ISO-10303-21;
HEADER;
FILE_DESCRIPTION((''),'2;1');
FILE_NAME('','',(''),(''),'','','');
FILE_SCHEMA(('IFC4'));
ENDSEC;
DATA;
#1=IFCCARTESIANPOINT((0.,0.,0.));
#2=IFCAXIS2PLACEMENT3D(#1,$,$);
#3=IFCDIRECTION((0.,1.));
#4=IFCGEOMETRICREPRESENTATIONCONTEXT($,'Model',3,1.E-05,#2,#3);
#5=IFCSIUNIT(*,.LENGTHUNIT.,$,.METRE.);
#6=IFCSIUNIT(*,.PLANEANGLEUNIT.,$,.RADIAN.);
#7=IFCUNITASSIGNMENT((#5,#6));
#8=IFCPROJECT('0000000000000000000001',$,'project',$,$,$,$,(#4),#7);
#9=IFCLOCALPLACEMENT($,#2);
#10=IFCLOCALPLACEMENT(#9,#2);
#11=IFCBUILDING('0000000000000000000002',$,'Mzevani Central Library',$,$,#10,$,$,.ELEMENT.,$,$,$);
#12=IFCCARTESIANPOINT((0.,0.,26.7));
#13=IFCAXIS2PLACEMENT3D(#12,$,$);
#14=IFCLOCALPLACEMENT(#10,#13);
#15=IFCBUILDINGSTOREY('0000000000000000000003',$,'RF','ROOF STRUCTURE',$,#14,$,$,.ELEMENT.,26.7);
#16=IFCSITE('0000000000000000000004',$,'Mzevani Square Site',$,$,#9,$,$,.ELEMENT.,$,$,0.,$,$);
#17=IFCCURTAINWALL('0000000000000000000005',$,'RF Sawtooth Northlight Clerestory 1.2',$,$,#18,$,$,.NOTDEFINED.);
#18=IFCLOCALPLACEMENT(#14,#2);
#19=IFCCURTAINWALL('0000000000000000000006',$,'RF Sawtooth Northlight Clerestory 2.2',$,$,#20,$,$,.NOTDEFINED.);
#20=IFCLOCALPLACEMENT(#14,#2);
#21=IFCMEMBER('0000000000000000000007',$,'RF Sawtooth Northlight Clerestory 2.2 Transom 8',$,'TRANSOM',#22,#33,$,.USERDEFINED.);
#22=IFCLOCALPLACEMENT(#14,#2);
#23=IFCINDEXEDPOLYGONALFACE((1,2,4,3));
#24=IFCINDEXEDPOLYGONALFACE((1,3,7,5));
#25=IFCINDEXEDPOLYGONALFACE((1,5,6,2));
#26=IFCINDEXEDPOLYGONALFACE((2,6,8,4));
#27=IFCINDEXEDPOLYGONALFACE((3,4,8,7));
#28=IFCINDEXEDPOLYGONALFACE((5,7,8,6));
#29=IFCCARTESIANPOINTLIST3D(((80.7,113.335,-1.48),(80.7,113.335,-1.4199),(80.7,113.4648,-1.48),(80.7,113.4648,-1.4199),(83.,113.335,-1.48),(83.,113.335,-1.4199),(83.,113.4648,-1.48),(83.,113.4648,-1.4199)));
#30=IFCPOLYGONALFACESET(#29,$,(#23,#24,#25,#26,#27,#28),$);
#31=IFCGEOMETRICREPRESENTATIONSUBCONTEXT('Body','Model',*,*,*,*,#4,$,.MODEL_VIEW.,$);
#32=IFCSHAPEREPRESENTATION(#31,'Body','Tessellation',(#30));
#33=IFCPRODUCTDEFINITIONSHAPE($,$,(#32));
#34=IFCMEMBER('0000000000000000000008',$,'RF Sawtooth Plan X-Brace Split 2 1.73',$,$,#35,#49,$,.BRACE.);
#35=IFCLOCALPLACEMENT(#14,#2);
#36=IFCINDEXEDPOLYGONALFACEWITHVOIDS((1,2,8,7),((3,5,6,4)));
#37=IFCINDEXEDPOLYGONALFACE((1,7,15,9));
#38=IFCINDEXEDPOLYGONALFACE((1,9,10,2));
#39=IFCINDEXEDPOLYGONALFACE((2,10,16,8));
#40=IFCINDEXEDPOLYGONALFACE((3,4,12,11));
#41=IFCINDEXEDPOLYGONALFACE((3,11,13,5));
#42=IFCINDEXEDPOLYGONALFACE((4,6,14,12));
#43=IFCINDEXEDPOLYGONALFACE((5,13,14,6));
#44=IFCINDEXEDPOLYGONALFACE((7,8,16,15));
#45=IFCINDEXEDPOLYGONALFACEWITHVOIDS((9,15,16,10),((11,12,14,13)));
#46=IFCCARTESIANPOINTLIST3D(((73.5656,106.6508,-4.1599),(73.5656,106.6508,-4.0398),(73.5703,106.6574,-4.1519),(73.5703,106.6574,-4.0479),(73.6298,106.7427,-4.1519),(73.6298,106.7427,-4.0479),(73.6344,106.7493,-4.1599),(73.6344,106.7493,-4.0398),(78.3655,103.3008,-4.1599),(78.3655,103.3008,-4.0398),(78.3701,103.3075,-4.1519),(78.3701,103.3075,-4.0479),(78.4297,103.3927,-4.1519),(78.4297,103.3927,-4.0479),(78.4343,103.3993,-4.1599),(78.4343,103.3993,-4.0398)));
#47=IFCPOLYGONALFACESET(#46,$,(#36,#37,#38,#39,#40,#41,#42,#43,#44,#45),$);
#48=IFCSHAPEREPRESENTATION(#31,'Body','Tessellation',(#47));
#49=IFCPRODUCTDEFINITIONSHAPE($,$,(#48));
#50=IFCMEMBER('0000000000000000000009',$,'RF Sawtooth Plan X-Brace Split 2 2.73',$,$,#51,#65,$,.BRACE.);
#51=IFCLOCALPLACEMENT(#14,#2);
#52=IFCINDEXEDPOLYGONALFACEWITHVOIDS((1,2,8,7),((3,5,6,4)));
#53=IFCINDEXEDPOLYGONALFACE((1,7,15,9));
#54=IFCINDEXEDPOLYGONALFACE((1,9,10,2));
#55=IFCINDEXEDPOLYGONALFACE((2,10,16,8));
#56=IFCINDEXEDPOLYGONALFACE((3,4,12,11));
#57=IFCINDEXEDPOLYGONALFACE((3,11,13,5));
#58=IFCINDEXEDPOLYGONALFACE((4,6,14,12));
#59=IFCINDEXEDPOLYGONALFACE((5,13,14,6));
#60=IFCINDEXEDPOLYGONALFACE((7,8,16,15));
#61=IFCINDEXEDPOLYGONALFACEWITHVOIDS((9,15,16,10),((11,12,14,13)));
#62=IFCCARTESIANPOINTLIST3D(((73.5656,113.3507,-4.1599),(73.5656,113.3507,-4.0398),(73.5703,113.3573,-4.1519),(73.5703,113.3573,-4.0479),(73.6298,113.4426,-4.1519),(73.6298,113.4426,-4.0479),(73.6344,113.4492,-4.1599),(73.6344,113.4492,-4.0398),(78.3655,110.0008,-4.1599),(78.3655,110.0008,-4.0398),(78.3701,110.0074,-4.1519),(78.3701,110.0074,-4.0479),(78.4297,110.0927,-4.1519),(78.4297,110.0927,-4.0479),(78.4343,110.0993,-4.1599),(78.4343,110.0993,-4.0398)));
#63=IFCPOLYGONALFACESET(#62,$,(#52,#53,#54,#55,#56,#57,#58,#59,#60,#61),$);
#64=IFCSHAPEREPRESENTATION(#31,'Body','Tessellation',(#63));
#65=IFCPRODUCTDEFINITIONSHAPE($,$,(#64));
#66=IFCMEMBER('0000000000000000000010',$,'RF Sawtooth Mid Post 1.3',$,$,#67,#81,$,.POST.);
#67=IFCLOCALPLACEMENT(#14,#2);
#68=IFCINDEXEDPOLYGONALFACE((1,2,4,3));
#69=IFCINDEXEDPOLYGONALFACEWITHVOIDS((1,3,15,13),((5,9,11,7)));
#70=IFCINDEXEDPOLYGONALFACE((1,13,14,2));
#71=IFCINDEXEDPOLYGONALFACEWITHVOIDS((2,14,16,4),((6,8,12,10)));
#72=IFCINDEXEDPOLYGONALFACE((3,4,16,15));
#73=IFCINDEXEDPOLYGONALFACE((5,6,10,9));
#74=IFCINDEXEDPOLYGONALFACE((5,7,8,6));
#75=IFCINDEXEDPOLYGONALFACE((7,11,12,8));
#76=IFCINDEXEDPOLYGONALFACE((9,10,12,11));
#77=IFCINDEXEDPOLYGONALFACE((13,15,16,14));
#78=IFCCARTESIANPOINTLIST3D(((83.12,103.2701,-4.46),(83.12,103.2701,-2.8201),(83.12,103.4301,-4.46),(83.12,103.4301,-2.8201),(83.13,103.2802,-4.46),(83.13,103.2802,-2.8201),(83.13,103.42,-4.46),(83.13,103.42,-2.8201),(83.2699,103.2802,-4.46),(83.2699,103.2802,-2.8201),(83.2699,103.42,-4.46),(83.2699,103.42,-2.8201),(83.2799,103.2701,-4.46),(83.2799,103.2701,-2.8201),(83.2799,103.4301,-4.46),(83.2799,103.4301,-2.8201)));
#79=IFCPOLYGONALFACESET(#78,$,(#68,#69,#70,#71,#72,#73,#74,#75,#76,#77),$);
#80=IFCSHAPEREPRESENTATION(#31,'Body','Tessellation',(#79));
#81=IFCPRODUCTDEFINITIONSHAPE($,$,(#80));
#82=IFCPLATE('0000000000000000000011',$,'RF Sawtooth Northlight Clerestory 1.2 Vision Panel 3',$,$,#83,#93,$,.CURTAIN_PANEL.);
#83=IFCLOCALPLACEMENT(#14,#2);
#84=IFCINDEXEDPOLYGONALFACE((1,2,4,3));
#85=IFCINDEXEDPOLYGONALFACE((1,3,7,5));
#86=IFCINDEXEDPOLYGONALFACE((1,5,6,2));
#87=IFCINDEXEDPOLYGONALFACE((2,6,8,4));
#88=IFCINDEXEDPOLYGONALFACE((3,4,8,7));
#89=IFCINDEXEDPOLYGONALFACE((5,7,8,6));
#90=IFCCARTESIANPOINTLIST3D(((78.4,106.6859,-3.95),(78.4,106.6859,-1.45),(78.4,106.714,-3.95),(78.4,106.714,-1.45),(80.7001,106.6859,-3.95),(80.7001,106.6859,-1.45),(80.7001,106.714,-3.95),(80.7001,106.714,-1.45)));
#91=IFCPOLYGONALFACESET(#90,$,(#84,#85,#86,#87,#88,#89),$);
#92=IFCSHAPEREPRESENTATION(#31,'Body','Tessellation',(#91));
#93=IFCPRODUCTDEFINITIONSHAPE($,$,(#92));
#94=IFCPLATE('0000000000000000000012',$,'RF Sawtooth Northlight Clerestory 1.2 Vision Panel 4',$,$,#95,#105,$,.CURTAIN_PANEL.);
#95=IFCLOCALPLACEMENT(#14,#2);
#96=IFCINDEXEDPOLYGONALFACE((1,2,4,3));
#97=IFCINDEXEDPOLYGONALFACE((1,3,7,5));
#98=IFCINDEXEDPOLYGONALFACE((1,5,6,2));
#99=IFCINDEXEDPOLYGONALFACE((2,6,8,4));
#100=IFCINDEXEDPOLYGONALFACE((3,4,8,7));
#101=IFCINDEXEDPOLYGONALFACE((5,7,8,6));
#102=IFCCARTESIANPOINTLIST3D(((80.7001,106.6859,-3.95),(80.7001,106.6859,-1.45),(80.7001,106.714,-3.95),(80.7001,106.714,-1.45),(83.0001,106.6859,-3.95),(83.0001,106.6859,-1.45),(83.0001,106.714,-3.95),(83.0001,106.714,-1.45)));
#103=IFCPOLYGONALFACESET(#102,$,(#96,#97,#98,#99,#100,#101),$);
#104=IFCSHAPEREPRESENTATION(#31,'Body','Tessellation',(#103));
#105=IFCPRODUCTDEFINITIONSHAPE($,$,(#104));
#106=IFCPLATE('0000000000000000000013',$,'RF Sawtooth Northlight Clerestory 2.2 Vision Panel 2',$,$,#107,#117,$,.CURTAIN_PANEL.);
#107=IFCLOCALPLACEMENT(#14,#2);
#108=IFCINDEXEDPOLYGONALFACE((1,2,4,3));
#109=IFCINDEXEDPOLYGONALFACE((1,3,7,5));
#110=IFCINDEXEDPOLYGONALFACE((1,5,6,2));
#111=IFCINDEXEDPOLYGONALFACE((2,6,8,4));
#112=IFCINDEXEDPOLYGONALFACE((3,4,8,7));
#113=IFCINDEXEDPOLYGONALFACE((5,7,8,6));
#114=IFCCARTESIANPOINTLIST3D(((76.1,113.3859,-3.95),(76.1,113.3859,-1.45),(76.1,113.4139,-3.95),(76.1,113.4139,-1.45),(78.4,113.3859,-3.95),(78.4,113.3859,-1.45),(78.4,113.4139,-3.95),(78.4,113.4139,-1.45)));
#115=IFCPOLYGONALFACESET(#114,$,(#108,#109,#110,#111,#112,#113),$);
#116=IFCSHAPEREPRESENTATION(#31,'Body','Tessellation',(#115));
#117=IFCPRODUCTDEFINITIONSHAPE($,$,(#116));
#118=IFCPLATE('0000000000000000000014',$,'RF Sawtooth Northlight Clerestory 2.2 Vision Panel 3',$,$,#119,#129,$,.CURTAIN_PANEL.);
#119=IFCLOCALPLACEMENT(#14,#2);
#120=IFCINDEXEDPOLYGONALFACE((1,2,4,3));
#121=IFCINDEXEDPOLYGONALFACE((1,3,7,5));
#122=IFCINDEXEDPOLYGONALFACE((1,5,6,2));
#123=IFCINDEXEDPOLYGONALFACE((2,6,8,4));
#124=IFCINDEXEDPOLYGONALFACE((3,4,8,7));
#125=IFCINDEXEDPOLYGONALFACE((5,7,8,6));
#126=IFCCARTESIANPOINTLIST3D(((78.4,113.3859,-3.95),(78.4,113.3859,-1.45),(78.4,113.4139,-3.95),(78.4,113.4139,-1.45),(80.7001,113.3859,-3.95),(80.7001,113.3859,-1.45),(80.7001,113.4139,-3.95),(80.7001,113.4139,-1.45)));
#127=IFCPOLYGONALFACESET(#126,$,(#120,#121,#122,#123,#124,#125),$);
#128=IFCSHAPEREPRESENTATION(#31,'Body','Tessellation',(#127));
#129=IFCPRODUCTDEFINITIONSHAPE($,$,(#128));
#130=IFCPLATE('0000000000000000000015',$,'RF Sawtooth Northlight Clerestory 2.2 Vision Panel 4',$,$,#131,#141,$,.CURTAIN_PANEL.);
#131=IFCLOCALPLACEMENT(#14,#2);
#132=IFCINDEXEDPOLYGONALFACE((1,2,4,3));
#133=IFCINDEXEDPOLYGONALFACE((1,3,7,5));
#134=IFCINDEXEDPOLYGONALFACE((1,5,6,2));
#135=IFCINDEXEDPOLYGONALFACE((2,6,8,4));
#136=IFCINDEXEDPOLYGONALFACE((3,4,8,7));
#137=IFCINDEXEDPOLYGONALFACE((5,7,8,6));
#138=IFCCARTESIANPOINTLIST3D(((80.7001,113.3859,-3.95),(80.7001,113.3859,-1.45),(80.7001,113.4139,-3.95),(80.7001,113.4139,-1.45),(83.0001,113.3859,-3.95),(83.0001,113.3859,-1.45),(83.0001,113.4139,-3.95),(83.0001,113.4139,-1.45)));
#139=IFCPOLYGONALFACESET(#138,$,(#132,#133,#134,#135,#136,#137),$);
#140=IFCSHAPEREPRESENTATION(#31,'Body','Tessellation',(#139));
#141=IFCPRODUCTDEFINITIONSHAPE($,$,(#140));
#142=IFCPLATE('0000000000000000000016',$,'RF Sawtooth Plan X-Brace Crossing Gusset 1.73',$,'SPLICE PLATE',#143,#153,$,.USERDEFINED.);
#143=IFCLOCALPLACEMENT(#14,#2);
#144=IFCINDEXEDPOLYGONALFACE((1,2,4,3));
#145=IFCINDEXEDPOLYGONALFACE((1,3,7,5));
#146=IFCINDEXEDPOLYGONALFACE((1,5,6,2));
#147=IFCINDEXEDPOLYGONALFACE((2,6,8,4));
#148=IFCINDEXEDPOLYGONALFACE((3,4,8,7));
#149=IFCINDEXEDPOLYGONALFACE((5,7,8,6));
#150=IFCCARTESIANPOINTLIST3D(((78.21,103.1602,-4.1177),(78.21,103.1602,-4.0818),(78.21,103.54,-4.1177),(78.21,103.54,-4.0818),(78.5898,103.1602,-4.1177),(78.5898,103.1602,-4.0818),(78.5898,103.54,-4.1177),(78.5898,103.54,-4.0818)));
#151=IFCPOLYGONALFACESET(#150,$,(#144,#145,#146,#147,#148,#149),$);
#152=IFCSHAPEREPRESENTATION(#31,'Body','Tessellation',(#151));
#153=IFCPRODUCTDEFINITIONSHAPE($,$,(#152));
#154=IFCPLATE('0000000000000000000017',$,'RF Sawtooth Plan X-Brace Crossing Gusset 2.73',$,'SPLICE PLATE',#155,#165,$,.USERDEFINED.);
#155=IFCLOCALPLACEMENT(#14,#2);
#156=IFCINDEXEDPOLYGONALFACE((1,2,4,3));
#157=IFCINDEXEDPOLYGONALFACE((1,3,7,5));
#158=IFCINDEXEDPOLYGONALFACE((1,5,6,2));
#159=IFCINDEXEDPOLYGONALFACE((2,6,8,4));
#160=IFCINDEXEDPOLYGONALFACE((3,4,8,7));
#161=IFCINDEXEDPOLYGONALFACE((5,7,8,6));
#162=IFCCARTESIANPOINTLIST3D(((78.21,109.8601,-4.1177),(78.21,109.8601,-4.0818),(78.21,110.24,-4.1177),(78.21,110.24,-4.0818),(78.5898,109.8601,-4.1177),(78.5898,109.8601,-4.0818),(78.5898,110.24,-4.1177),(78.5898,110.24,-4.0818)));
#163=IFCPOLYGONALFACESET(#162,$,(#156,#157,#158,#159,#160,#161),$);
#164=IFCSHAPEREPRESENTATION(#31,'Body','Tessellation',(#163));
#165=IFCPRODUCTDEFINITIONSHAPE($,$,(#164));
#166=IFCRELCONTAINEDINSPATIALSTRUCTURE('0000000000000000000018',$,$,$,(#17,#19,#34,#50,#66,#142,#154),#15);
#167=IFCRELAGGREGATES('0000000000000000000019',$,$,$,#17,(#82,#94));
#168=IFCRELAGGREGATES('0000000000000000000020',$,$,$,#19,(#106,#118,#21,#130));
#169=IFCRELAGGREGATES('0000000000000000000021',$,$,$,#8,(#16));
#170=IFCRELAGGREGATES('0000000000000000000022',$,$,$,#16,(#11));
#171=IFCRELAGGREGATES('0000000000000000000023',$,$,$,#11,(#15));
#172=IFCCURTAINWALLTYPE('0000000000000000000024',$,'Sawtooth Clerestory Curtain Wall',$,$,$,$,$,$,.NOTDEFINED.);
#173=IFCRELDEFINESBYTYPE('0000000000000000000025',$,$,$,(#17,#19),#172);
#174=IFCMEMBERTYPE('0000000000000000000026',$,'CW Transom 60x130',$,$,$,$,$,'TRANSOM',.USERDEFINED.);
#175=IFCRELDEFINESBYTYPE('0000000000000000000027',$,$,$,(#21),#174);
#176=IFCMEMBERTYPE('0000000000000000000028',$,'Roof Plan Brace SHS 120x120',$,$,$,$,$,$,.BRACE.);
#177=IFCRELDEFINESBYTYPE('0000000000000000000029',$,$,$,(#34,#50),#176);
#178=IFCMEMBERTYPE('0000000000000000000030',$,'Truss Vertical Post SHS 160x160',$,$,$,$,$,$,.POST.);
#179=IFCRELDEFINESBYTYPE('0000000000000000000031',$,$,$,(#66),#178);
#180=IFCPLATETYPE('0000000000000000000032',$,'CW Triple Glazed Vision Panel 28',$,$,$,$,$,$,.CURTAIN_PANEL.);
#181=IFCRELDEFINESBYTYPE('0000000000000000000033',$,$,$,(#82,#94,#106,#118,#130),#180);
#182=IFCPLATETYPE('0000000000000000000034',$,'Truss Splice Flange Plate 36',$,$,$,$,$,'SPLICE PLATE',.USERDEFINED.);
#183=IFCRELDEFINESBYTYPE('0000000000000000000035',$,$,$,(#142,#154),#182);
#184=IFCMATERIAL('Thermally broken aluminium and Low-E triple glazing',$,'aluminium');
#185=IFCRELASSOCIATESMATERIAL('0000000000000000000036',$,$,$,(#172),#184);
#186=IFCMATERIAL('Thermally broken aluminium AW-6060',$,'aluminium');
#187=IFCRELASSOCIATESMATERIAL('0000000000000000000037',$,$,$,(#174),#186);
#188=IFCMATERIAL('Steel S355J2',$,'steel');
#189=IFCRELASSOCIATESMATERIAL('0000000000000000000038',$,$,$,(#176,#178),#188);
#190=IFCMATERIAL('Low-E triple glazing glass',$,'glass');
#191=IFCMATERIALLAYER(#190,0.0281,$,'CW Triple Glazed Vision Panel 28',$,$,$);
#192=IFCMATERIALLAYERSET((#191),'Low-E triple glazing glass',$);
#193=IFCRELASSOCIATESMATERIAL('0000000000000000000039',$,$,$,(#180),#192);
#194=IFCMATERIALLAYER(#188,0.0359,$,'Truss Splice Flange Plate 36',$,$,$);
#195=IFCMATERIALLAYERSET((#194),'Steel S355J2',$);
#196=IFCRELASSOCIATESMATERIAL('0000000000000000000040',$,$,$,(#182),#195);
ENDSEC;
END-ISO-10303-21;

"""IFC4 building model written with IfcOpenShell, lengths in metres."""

from ifc_helpers import new_model, si_unit, direction, frame, origin, origin_2d, place, context, subcontext, project, spatial, rectangle, hollow_rectangle, extrude, material, layer, layer_set, material_profile, profile_set, type_object, element, aggregate, save


model = new_model("IFC4")

# Units and contexts
model_context = context("Model", 3, precision=1e-05, world=origin(), true_north=direction((0.0, 1.0)))
body_context = subcontext(model_context, "Body", "Model", "MODEL_VIEW")
ifc_project = project(units=[si_unit("LENGTHUNIT", "METRE"), si_unit("PLANEANGLEUNIT", "RADIAN")], contexts=[model_context])

# Site, building, storey
site_placement = place(None, origin())
site = spatial("IfcSite", under=ifc_project, at=site_placement, Name="Mzevani Square Site", CompositionType="ELEMENT", RefElevation=0.0)
building_placement = place(site_placement, origin())
building = spatial("IfcBuilding", under=site, at=building_placement, Name="Mzevani Central Library", CompositionType="ELEMENT")
storey_placement = place(building_placement, frame((0.0, 0.0, 26.7)))
storey = spatial("IfcBuildingStorey", under=building, at=storey_placement, Name="RF", Description="ROOF STRUCTURE", CompositionType="ELEMENT", Elevation=26.7)

# Curtain walls
ifc_material_1 = material(Name="Thermally broken aluminium and Low-E triple glazing", Category="aluminium")
curtain_wall_type = type_object("IfcCurtainWallType", Name="Sawtooth Clerestory Curtain Wall", PredefinedType="NOTDEFINED", material=ifc_material_1)
curtain_wall_1_placement = place(storey_placement, origin())
curtain_wall_1 = element("IfcCurtainWall", 1, at=curtain_wall_1_placement, inside=storey, type_object=curtain_wall_type, Name="RF Sawtooth Northlight Clerestory 1.2", PredefinedType="NOTDEFINED")
ifc_material_2 = material(Name="Thermally broken aluminium AW-6060", Category="aluminium")
curtain_wall_2_placement = place(storey_placement, origin())
curtain_wall_2 = element("IfcCurtainWall", 2, at=curtain_wall_2_placement, inside=storey, type_object=curtain_wall_type, Name="RF Sawtooth Northlight Clerestory 2.2", PredefinedType="NOTDEFINED")

# Member
ifc_material_profile_1 = material_profile(ifc_material_2, rectangle(XDim=0.1299, YDim=0.0601, at=origin_2d()), Name="ALU T60x130")
ifc_profile_set_1 = profile_set([ifc_material_profile_1], Name="Thermally broken aluminium AW-6060")
member_type_1 = type_object("IfcMemberType", Name="CW Transom 60x130", ElementType="TRANSOM", PredefinedType="USERDEFINED", material=ifc_profile_set_1)
member_1_placement = place(storey_placement, frame((80.7, 113.3999, -1.45), z_axis=(1.0, 0.0, 0.0), x_axis=(0.0, 1.0, 0.0)))
member_1 = element("IfcMember", 3, at=member_1_placement, type_object=member_type_1, Name="RF Sawtooth Northlight Clerestory 2.2 Transom 8", ObjectType="TRANSOM", PredefinedType="USERDEFINED", context=body_context, shape_type="SweptSolid", body=[
    extrude(rectangle(XDim=0.1299, YDim=0.0601, at=origin_2d()), origin(), (0.0, 0.0, 1.0), 2.3),
])

# Members
ifc_material_3 = material(Name="Steel S355J2", Category="steel")
ifc_material_profile_2 = material_profile(ifc_material_3, hollow_rectangle(XDim=0.1201, YDim=0.1201, WallThickness=0.0081, at=origin_2d()), Name="SHS 120x120x8.0")
ifc_profile_set_2 = profile_set([ifc_material_profile_2], Name="Steel S355J2")
member_type_2 = type_object("IfcMemberType", Name="Roof Plan Brace SHS 120x120", PredefinedType="BRACE", material=ifc_profile_set_2)
for number, where, z_axis, x_axis, name in (
    (4, (78.3999, 103.3501, -4.0999), (-0.820035, 0.572314, 0.0), (-0.572314, -0.820035, 0.0), "RF Sawtooth Plan X-Brace Split 2 1.73"),
    (5, (78.3999, 110.05, -4.0999), (-0.820035, 0.572314, 0.0), (-0.572314, -0.820035, 0.0), "RF Sawtooth Plan X-Brace Split 2 2.73"),
):
    element("IfcMember", number, at=place(storey_placement, frame(where, z_axis=z_axis, x_axis=x_axis)), inside=storey, type_object=member_type_2, Name=name, PredefinedType="BRACE", context=body_context, shape_type="SweptSolid", body=[
        extrude(hollow_rectangle(XDim=0.1201, YDim=0.1201, WallThickness=0.0081, at=origin_2d()), origin(), (0.0, 0.0, 1.0), 5.8533),
    ])
ifc_material_profile_3 = material_profile(ifc_material_3, hollow_rectangle(XDim=0.1599, YDim=0.1599, WallThickness=0.01, at=origin_2d()), Name="SHS 160x160x10.0")
ifc_profile_set_3 = profile_set([ifc_material_profile_3], Name="Steel S355J2")
member_type_3 = type_object("IfcMemberType", Name="Truss Vertical Post SHS 160x160", PredefinedType="POST", material=ifc_profile_set_3)
member_2_placement = place(storey_placement, frame((83.2, 103.3501, -4.46), z_axis=(0.0, 0.0, 1.0), x_axis=(1.0, 0.0, 0.0)))
element("IfcMember", 6, at=member_2_placement, inside=storey, type_object=member_type_3, Name="RF Sawtooth Mid Post 1.3", PredefinedType="POST", context=body_context, shape_type="SweptSolid", body=[
    extrude(hollow_rectangle(XDim=0.1599, YDim=0.1599, WallThickness=0.01, at=origin_2d()), origin(), (0.0, 0.0, 1.0), 1.6399),
])

# Plates
ifc_material_4 = material(Name="Low-E triple glazing glass", Category="glass")
ifc_layer_1 = layer(ifc_material_4, 0.0281, Name="CW Triple Glazed Vision Panel 28")
ifc_layer_set_1 = layer_set([ifc_layer_1], Name="Low-E triple glazing glass")
plate_type_1 = type_object("IfcPlateType", Name="CW Triple Glazed Vision Panel 28", PredefinedType="CURTAIN_PANEL", material=ifc_layer_set_1)
plate_1_placement = place(storey_placement, frame((79.55, 106.7, -3.95), z_axis=(0.0, 0.0, 1.0), x_axis=(1.0, 0.0, 0.0)))
plate_1 = element("IfcPlate", 7, at=plate_1_placement, type_object=plate_type_1, Name="RF Sawtooth Northlight Clerestory 1.2 Vision Panel 3", PredefinedType="CURTAIN_PANEL", context=body_context, shape_type="SweptSolid", body=[
    extrude(rectangle(XDim=2.3, YDim=0.0281, at=origin_2d()), origin(), (0.0, 0.0, 1.0), 2.5),
])
plate_2_placement = place(storey_placement, frame((81.8501, 106.7, -3.95), z_axis=(0.0, 0.0, 1.0), x_axis=(1.0, 0.0, 0.0)))
plate_2 = element("IfcPlate", 8, at=plate_2_placement, type_object=plate_type_1, Name="RF Sawtooth Northlight Clerestory 1.2 Vision Panel 4", PredefinedType="CURTAIN_PANEL", context=body_context, shape_type="SweptSolid", body=[
    extrude(rectangle(XDim=2.3, YDim=0.0281, at=origin_2d()), origin(), (0.0, 0.0, 1.0), 2.5),
])
aggregate(curtain_wall_1, [plate_1, plate_2])
plate_3_placement = place(storey_placement, frame((77.25, 113.3999, -3.95), z_axis=(0.0, 0.0, 1.0), x_axis=(1.0, 0.0, 0.0)))
plate_3 = element("IfcPlate", 9, at=plate_3_placement, type_object=plate_type_1, Name="RF Sawtooth Northlight Clerestory 2.2 Vision Panel 2", PredefinedType="CURTAIN_PANEL", context=body_context, shape_type="SweptSolid", body=[
    extrude(rectangle(XDim=2.3, YDim=0.0281, at=origin_2d()), origin(), (0.0, 0.0, 1.0), 2.5),
])
plate_4_placement = place(storey_placement, frame((79.55, 113.3999, -3.95), z_axis=(0.0, 0.0, 1.0), x_axis=(1.0, 0.0, 0.0)))
plate_4 = element("IfcPlate", 10, at=plate_4_placement, type_object=plate_type_1, Name="RF Sawtooth Northlight Clerestory 2.2 Vision Panel 3", PredefinedType="CURTAIN_PANEL", context=body_context, shape_type="SweptSolid", body=[
    extrude(rectangle(XDim=2.3, YDim=0.0281, at=origin_2d()), origin(), (0.0, 0.0, 1.0), 2.5),
])
plate_5_placement = place(storey_placement, frame((81.8501, 113.3999, -3.95), z_axis=(0.0, 0.0, 1.0), x_axis=(1.0, 0.0, 0.0)))
plate_5 = element("IfcPlate", 11, at=plate_5_placement, type_object=plate_type_1, Name="RF Sawtooth Northlight Clerestory 2.2 Vision Panel 4", PredefinedType="CURTAIN_PANEL", context=body_context, shape_type="SweptSolid", body=[
    extrude(rectangle(XDim=2.3, YDim=0.0281, at=origin_2d()), origin(), (0.0, 0.0, 1.0), 2.5),
])
aggregate(curtain_wall_2, [plate_3, plate_4, member_1, plate_5])

# Plates
ifc_layer_2 = layer(ifc_material_3, 0.0359, Name="Truss Splice Flange Plate 36")
ifc_layer_set_2 = layer_set([ifc_layer_2], Name="Steel S355J2")
plate_type_2 = type_object("IfcPlateType", Name="Truss Splice Flange Plate 36", ElementType="SPLICE PLATE", PredefinedType="USERDEFINED", material=ifc_layer_set_2)
for number, where, z_axis, x_axis, name in (
    (12, (78.3999, 103.3501, -4.1177), (0.0, 0.0, 1.0), (1.0, 0.0, 0.0), "RF Sawtooth Plan X-Brace Crossing Gusset 1.73"),
    (13, (78.3999, 110.05, -4.1177), (0.0, 0.0, 1.0), (1.0, 0.0, 0.0), "RF Sawtooth Plan X-Brace Crossing Gusset 2.73"),
):
    element("IfcPlate", number, at=place(storey_placement, frame(where, z_axis=z_axis, x_axis=x_axis)), inside=storey, type_object=plate_type_2, Name=name, ObjectType="SPLICE PLATE", PredefinedType="USERDEFINED", context=body_context, shape_type="SweptSolid", body=[
        extrude(rectangle(XDim=0.3799, YDim=0.3799, at=origin_2d()), origin(), (0.0, 0.0, 1.0), 0.0359),
    ])

save(model, "model.ifc")
